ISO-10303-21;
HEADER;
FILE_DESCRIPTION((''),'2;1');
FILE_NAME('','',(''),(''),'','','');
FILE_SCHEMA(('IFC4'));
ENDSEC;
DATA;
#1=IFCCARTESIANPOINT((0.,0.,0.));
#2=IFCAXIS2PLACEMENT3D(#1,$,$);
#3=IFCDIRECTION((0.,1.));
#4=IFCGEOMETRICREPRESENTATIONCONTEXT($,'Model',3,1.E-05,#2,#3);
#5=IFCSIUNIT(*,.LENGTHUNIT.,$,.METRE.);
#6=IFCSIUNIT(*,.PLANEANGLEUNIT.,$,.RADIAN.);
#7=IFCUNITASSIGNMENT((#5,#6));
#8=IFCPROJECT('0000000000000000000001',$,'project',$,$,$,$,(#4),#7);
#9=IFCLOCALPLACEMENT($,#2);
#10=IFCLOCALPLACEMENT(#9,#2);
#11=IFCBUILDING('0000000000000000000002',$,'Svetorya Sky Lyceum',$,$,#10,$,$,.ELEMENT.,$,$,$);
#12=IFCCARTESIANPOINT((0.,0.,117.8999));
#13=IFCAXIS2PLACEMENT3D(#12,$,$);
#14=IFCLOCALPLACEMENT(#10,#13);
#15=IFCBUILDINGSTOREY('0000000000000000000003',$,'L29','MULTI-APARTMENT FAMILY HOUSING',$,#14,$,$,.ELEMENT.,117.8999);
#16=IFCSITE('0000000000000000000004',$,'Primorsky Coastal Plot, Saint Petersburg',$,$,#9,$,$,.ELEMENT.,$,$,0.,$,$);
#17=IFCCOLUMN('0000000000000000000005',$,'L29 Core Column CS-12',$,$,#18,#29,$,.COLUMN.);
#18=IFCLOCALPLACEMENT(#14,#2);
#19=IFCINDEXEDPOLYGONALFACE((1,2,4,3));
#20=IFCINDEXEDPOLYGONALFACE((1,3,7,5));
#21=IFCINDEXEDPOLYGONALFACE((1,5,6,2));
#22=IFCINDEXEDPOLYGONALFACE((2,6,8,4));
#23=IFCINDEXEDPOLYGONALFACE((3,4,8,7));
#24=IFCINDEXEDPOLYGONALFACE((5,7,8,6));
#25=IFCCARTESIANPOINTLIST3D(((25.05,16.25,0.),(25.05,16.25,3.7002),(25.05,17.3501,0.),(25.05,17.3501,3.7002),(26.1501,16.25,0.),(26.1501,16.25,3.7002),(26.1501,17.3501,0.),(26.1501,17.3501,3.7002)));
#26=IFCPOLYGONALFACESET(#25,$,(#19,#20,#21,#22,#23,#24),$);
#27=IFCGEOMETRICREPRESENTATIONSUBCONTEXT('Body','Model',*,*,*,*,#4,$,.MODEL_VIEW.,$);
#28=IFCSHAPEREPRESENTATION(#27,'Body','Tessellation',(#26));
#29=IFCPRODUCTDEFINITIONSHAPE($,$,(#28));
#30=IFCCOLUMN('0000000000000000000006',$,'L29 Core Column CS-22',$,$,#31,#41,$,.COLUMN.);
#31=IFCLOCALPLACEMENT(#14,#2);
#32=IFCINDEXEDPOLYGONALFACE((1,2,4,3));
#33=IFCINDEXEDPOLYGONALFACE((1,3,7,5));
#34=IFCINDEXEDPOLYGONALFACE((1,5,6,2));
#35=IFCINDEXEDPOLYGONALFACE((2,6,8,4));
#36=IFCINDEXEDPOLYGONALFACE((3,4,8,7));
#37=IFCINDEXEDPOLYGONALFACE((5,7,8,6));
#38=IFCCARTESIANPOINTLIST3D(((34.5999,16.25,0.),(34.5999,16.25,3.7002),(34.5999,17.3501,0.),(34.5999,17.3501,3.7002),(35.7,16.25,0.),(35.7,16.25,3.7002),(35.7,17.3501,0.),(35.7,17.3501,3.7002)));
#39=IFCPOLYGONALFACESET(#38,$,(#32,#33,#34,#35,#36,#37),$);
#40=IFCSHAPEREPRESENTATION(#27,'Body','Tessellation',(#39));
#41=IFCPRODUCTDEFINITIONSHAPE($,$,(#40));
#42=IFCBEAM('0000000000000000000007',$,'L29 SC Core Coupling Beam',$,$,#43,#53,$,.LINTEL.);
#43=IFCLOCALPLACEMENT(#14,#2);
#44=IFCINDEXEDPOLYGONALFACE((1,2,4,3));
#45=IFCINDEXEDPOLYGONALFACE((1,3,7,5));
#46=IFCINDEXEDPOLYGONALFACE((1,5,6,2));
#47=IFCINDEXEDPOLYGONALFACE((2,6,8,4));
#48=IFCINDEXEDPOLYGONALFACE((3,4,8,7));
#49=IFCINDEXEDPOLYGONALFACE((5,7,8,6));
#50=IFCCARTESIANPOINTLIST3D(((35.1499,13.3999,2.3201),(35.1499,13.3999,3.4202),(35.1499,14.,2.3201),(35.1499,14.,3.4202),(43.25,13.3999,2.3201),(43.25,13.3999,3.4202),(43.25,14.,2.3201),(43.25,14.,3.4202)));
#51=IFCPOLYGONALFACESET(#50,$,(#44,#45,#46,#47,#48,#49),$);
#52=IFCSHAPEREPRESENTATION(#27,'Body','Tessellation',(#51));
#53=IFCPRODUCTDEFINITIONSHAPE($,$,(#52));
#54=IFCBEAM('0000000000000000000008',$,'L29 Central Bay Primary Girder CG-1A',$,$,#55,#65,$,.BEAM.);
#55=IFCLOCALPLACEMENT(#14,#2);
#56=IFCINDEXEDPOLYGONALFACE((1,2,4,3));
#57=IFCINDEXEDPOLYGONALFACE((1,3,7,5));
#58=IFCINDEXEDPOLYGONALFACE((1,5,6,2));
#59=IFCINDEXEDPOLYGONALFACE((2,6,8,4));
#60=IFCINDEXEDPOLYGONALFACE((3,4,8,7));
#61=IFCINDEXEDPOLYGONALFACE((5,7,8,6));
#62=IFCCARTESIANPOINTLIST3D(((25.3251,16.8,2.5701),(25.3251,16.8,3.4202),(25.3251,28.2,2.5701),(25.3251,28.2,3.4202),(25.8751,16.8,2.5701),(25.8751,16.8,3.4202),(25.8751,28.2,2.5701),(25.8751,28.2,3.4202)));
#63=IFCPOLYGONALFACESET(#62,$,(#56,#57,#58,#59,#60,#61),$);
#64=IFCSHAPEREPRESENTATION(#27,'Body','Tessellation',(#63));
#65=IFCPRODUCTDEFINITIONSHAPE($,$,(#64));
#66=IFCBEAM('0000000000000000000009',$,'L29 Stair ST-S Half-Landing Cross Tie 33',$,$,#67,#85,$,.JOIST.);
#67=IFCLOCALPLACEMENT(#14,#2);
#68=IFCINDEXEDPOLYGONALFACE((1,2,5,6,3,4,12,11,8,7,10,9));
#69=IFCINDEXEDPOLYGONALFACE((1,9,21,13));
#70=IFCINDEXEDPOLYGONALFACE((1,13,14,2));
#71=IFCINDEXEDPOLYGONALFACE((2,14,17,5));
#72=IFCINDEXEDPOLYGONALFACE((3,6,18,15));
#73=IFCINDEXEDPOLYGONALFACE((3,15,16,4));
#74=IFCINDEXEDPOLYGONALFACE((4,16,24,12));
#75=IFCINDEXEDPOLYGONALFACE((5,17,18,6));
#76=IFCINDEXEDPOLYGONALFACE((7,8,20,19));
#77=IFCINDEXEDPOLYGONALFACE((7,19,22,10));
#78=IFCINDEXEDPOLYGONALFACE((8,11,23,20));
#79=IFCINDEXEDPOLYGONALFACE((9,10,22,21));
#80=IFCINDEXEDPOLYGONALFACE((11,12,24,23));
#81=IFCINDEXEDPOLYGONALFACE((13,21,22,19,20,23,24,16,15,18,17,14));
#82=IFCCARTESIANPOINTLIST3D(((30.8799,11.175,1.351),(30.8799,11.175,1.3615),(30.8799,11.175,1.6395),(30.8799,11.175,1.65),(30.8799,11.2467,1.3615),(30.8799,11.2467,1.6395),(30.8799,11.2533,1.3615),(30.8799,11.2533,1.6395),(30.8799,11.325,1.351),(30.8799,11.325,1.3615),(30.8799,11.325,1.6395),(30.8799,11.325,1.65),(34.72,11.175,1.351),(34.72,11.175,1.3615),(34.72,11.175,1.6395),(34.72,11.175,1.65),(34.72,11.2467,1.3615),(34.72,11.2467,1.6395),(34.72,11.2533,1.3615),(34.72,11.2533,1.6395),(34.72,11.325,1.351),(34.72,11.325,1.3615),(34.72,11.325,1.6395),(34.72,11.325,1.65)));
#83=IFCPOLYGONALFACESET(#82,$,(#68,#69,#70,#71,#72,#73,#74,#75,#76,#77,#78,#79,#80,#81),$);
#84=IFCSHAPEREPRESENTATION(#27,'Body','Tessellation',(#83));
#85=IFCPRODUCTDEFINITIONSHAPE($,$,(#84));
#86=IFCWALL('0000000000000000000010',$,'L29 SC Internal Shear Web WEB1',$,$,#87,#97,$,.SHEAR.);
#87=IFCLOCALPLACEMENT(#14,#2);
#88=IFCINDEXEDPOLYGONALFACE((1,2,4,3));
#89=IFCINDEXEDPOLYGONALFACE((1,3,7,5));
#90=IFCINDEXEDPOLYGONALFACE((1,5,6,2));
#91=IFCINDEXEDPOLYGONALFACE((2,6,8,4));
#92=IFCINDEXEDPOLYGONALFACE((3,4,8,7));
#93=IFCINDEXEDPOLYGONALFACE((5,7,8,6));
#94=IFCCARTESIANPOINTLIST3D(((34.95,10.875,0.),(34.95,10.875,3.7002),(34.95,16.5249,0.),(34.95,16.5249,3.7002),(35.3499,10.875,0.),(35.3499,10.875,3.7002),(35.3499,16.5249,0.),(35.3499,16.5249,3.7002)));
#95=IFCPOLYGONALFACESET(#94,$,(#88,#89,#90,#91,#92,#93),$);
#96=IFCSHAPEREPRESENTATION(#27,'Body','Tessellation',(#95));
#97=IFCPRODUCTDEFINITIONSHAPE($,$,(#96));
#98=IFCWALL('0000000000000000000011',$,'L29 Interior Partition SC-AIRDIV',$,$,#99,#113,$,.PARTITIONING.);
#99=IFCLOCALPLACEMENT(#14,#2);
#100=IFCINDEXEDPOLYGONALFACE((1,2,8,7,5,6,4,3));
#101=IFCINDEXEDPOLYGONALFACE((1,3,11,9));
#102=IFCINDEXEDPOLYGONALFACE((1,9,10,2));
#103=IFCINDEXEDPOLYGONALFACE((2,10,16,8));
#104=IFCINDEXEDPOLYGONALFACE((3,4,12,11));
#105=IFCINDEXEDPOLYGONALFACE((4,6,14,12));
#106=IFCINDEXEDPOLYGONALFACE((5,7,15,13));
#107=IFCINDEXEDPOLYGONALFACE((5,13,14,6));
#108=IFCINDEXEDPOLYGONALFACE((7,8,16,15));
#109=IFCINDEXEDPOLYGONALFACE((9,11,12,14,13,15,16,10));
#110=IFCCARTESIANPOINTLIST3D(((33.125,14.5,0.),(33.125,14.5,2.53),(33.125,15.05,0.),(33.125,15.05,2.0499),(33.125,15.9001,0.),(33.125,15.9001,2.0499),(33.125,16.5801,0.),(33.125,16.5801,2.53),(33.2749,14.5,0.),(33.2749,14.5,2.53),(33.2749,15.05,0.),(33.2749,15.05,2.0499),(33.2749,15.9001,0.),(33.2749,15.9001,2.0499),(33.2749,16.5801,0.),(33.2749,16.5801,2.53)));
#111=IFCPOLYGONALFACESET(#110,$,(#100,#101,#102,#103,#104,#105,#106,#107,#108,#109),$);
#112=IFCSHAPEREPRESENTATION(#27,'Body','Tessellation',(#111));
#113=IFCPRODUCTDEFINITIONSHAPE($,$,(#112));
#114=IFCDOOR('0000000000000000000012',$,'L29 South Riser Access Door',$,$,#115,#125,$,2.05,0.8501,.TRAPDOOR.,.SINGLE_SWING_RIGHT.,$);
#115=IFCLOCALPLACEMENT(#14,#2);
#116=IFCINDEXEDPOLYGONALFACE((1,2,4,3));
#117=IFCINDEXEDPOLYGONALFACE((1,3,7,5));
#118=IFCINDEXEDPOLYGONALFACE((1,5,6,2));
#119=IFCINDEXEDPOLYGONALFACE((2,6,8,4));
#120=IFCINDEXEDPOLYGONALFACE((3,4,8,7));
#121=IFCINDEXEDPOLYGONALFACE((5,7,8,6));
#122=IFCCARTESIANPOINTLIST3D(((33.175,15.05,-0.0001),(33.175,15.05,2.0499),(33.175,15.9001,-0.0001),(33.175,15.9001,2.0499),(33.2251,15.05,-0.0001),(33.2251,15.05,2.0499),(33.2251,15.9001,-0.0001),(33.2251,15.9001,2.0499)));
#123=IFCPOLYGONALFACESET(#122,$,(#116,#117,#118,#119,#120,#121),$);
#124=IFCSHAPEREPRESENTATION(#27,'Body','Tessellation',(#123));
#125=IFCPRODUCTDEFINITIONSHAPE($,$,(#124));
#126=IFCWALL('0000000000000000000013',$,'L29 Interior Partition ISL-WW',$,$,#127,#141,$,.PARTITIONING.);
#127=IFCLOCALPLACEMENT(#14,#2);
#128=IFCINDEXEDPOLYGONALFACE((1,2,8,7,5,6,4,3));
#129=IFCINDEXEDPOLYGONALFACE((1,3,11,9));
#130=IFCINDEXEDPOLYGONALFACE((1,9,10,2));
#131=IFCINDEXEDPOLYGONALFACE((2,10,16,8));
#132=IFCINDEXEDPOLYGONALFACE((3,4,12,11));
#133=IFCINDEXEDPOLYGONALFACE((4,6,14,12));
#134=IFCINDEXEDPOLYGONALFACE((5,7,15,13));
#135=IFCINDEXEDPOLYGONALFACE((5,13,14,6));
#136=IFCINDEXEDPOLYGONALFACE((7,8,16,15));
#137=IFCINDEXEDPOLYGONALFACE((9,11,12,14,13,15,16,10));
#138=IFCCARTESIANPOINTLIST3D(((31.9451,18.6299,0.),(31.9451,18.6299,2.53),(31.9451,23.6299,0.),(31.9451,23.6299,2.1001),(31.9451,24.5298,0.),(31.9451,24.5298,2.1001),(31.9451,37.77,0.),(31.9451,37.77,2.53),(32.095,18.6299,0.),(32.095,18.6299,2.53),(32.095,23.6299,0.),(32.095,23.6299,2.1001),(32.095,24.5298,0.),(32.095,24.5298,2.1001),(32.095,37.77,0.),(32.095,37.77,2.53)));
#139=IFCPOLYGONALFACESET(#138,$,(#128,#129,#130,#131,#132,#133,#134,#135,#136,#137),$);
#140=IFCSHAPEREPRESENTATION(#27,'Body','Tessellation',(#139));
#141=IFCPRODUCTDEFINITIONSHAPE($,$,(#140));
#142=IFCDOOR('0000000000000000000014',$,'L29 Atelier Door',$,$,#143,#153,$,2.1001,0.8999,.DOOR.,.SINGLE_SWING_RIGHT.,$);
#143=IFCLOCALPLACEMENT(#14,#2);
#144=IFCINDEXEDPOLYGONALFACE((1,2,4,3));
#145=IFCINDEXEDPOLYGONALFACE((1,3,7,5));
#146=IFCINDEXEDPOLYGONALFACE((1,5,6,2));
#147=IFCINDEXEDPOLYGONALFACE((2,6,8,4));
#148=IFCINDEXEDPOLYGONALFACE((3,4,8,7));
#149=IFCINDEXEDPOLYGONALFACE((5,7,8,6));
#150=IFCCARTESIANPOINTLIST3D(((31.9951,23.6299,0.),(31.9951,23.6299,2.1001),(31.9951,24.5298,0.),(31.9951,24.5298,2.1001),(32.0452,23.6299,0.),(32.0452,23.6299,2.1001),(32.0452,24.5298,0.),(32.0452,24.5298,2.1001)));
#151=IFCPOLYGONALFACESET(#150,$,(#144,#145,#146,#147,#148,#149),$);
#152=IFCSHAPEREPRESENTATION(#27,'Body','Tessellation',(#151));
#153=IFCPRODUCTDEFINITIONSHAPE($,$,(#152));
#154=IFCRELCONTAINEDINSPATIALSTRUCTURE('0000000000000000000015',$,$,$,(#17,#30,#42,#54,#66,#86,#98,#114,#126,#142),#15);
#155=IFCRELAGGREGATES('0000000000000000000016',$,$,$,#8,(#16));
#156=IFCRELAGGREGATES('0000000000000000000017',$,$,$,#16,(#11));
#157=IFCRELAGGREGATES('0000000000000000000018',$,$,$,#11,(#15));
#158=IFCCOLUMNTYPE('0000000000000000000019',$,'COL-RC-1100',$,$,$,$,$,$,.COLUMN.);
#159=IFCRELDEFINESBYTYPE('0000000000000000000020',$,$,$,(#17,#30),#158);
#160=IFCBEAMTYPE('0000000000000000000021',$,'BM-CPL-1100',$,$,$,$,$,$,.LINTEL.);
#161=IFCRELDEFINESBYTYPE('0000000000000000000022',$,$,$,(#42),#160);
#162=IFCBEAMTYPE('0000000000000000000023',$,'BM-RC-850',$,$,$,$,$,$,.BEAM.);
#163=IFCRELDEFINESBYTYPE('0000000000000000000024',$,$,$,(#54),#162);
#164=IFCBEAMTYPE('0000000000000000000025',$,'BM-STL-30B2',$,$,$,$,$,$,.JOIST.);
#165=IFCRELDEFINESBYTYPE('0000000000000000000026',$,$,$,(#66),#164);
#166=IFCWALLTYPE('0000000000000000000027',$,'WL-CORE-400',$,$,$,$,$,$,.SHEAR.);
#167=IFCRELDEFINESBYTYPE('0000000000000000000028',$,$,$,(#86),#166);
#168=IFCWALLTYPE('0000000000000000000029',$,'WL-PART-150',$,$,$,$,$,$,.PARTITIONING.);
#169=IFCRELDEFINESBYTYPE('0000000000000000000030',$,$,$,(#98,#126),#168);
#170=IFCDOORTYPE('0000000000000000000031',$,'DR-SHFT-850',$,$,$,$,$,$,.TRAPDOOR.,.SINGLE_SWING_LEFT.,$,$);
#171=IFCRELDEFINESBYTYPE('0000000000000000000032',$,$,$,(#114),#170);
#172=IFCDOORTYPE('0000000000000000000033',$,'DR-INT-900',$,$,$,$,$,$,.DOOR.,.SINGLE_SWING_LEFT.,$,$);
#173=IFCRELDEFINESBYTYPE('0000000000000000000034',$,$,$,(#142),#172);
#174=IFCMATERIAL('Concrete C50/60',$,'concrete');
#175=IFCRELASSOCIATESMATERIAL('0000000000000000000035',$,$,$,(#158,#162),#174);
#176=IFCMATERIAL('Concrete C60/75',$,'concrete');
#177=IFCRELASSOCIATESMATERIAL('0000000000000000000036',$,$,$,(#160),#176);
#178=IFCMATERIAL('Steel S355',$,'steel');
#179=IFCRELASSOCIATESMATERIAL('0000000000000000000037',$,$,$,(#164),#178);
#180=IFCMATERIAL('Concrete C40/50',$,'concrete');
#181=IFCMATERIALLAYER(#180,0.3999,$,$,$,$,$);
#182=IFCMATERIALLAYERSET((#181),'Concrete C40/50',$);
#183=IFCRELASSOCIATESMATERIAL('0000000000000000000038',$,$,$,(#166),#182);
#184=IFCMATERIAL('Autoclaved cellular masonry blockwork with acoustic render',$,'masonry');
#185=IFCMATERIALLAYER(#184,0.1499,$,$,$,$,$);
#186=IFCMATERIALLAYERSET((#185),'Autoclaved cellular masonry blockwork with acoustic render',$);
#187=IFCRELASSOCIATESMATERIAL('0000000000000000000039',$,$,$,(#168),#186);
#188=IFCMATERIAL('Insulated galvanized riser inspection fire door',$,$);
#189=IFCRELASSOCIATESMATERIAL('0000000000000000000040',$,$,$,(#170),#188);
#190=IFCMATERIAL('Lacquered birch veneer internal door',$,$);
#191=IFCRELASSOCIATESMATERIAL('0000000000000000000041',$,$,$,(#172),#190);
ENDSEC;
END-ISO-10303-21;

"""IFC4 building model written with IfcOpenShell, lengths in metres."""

from ifc_helpers import new_model, si_unit, direction, frame, frame_2d, origin, origin_2d, place, context, subcontext, project, spatial, rectangle, i_section, extrude, material, layer, layer_set, material_profile, profile_set, type_object, element, fill, save


model = new_model("IFC4")

# Units and contexts
model_context = context("Model", 3, precision=1e-05, world=origin(), true_north=direction((0.0, 1.0)))
body_context = subcontext(model_context, "Body", "Model", "MODEL_VIEW")
ifc_project = project(units=[si_unit("LENGTHUNIT", "METRE"), si_unit("PLANEANGLEUNIT", "RADIAN")], contexts=[model_context])

# Site, building, storey
site_placement = place(None, origin())
site = spatial("IfcSite", under=ifc_project, at=site_placement, Name="Primorsky Coastal Plot, Saint Petersburg", CompositionType="ELEMENT", RefElevation=0.0)
building_placement = place(site_placement, origin())
building = spatial("IfcBuilding", under=site, at=building_placement, Name="Svetorya Sky Lyceum", CompositionType="ELEMENT")
storey_placement = place(building_placement, frame((0.0, 0.0, 117.8999)))
storey = spatial("IfcBuildingStorey", under=building, at=storey_placement, Name="L29", Description="MULTI-APARTMENT FAMILY HOUSING", CompositionType="ELEMENT", Elevation=117.8999)

# Columns
ifc_material_1 = material(Name="Concrete C50/60", Category="concrete")
ifc_material_profile_1 = material_profile(ifc_material_1, rectangle(XDim=1.1001, YDim=1.1001, at=origin_2d()), Name="RC COL 1100x1100")
ifc_profile_set_1 = profile_set([ifc_material_profile_1], Name="Concrete C50/60")
column_type = type_object("IfcColumnType", Name="COL-RC-1100", PredefinedType="COLUMN", material=ifc_profile_set_1)
for number, where, z_axis, x_axis, name in (
    (1, (25.6001, 16.8, 0.0), (0.0, 0.0, 1.0), (1.0, 0.0, 0.0), "L29 Core Column CS-12"),
    (2, (35.1499, 16.8, 0.0), (0.0, 0.0, 1.0), (1.0, 0.0, 0.0), "L29 Core Column CS-22"),
):
    element("IfcColumn", number, at=place(storey_placement, frame(where, z_axis=z_axis, x_axis=x_axis)), inside=storey, type_object=column_type, Name=name, PredefinedType="COLUMN", context=body_context, shape_type="SweptSolid", body=[
        extrude(rectangle(XDim=1.1001, YDim=1.1001, at=origin_2d()), origin(), (0.0, 0.0, 1.0), 3.7002),
    ])

# Beams
ifc_material_2 = material(Name="Concrete C60/75", Category="concrete")
ifc_material_profile_2 = material_profile(ifc_material_2, rectangle(XDim=0.6001, YDim=1.1001, at=origin_2d()), Name="RC COUPLING 600x1100")
ifc_profile_set_2 = profile_set([ifc_material_profile_2], Name="Concrete C60/75")
beam_type_1 = type_object("IfcBeamType", Name="BM-CPL-1100", PredefinedType="LINTEL", material=ifc_profile_set_2)
beam_1_placement = place(storey_placement, frame((35.1499, 13.7, 2.8701), z_axis=(1.0, 0.0, 0.0), x_axis=(0.0, 1.0, 0.0)))
element("IfcBeam", 3, at=beam_1_placement, inside=storey, type_object=beam_type_1, Name="L29 SC Core Coupling Beam", PredefinedType="LINTEL", context=body_context, shape_type="SweptSolid", body=[
    extrude(rectangle(XDim=0.6001, YDim=1.1001, at=origin_2d()), origin(), (0.0, 0.0, 1.0), 8.1001),
])
ifc_material_profile_3 = material_profile(ifc_material_1, rectangle(XDim=0.55, YDim=0.8501, at=origin_2d()), Name="RC BEAM 550x850")
ifc_profile_set_3 = profile_set([ifc_material_profile_3], Name="Concrete C50/60")
beam_type_2 = type_object("IfcBeamType", Name="BM-RC-850", PredefinedType="BEAM", material=ifc_profile_set_3)
beam_2_placement = place(storey_placement, frame((25.6001, 16.8, 2.9951), z_axis=(0.0, 1.0, 0.0), x_axis=(-1.0, 0.0, 0.0)))
element("IfcBeam", 4, at=beam_2_placement, inside=storey, type_object=beam_type_2, Name="L29 Central Bay Primary Girder CG-1A", PredefinedType="BEAM", context=body_context, shape_type="SweptSolid", body=[
    extrude(rectangle(XDim=0.55, YDim=0.8501, at=origin_2d()), origin(), (0.0, 0.0, 1.0), 11.3999),
])
ifc_material_3 = material(Name="Steel S355", Category="steel")
ifc_material_profile_4 = material_profile(ifc_material_3, i_section(OverallWidth=0.1499, OverallDepth=0.2991, WebThickness=0.0066, FlangeThickness=0.0105, at=origin_2d()), Name="GOST 30B2")
ifc_profile_set_4 = profile_set([ifc_material_profile_4], Name="Steel S355")
beam_type_3 = type_object("IfcBeamType", Name="BM-STL-30B2", PredefinedType="JOIST", material=ifc_profile_set_4)
beam_3_placement = place(storey_placement, frame((30.8799, 11.25, 1.5005), z_axis=(1.0, 0.0, 0.0), x_axis=(0.0, 1.0, 0.0)))
element("IfcBeam", 5, at=beam_3_placement, inside=storey, type_object=beam_type_3, Name="L29 Stair ST-S Half-Landing Cross Tie 33", PredefinedType="JOIST", context=body_context, shape_type="SweptSolid", body=[
    extrude(i_section(OverallWidth=0.1499, OverallDepth=0.2991, WebThickness=0.0066, FlangeThickness=0.0105, at=origin_2d()), origin(), (0.0, 0.0, 1.0), 3.8401),
])

# Wall
ifc_material_4 = material(Name="Concrete C40/50", Category="concrete")
ifc_layer_1 = layer(ifc_material_4, 0.3999)
ifc_layer_set_1 = layer_set([ifc_layer_1], Name="Concrete C40/50")
wall_type_1 = type_object("IfcWallType", Name="WL-CORE-400", PredefinedType="SHEAR", material=ifc_layer_set_1)
wall_1_placement = place(storey_placement, frame((35.1499, 10.875, 0.0), z_axis=(0.0, 0.0, 1.0), x_axis=(0.0, 1.0, 0.0)))
element("IfcWall", 6, at=wall_1_placement, inside=storey, type_object=wall_type_1, Name="L29 SC Internal Shear Web WEB1", PredefinedType="SHEAR", context=body_context, shape_type="SweptSolid", body=[
    extrude(rectangle(XDim=5.6499, YDim=0.3999, at=frame_2d((2.825, 0.0))), origin(), (0.0, 0.0, 1.0), 3.7002),
])

# Walls, openings, doors
ifc_material_5 = material(Name="Autoclaved cellular masonry blockwork with acoustic render", Category="masonry")
ifc_layer_2 = layer(ifc_material_5, 0.1499)
ifc_layer_set_2 = layer_set([ifc_layer_2], Name="Autoclaved cellular masonry blockwork with acoustic render")
wall_type_2 = type_object("IfcWallType", Name="WL-PART-150", PredefinedType="PARTITIONING", material=ifc_layer_set_2)
wall_2_placement = place(storey_placement, frame((33.2, 14.5, 0.0), z_axis=(0.0, 0.0, 1.0), x_axis=(0.0, 1.0, 0.0)))
wall_2 = element("IfcWall", 7, at=wall_2_placement, inside=storey, type_object=wall_type_2, Name="L29 Interior Partition SC-AIRDIV", PredefinedType="PARTITIONING", context=body_context, shape_type="SweptSolid", body=[
    extrude(rectangle(XDim=2.0801, YDim=0.1499, at=frame_2d((1.04, 0.0))), origin(), (0.0, 0.0, 1.0), 2.53),
])
opening_1_placement = place(wall_2_placement, frame((0.55, 0.0, 0.0)))
opening_1 = element("IfcOpeningElement", 8, at=opening_1_placement, cuts=wall_2, PredefinedType="OPENING", context=body_context, shape_type="SweptSolid", body=[
    extrude(rectangle(XDim=0.8501, YDim=2.05, at=frame_2d((0.425, 1.0249))), frame((0.0, 0.085, 0.0), z_axis=(0.0, -1.0, 0.0), x_axis=(1.0, 0.0, 0.0)), (0.0, 0.0, 1.0), 0.1699),
])
ifc_material_6 = material(Name="Insulated galvanized riser inspection fire door")
door_type_1 = type_object("IfcDoorType", Name="DR-SHFT-850", OperationType="SINGLE_SWING_LEFT", PredefinedType="TRAPDOOR", material=ifc_material_6)
door_1_placement = place(opening_1_placement, origin())
door_1 = element("IfcDoor", 9, at=door_1_placement, inside=storey, type_object=door_type_1, Name="L29 South Riser Access Door", OperationType="SINGLE_SWING_RIGHT", OverallHeight=2.05, OverallWidth=0.8501, PredefinedType="TRAPDOOR", context=body_context, shape_type="SweptSolid", body=[
    extrude(rectangle(XDim=0.8501, YDim=2.05, at=frame_2d((0.425, 1.0249))), frame((0.0, 0.0249, 0.0), z_axis=(0.0, -1.0, 0.0), x_axis=(1.0, 0.0, 0.0)), (0.0, 0.0, 1.0), 0.05),
])
fill(opening_1, door_1)
wall_3_placement = place(storey_placement, frame((32.02, 18.6299, 0.0), z_axis=(0.0, 0.0, 1.0), x_axis=(0.0, 1.0, 0.0)))
wall_3 = element("IfcWall", 10, at=wall_3_placement, inside=storey, type_object=wall_type_2, Name="L29 Interior Partition ISL-WW", PredefinedType="PARTITIONING", context=body_context, shape_type="SweptSolid", body=[
    extrude(rectangle(XDim=19.1401, YDim=0.1499, at=frame_2d((9.5701, 0.0))), origin(), (0.0, 0.0, 1.0), 2.53),
])
opening_2_placement = place(wall_3_placement, frame((5.0, 0.0, 0.0)))
opening_2 = element("IfcOpeningElement", 11, at=opening_2_placement, cuts=wall_3, PredefinedType="OPENING", context=body_context, shape_type="SweptSolid", body=[
    extrude(rectangle(XDim=0.8999, YDim=2.1001, at=frame_2d((0.45, 1.05))), frame((0.0, 0.085, 0.0), z_axis=(0.0, -1.0, 0.0), x_axis=(1.0, 0.0, 0.0)), (0.0, 0.0, 1.0), 0.1699),
])
ifc_material_7 = material(Name="Lacquered birch veneer internal door")
door_type_2 = type_object("IfcDoorType", Name="DR-INT-900", OperationType="SINGLE_SWING_LEFT", PredefinedType="DOOR", material=ifc_material_7)
door_2_placement = place(opening_2_placement, origin())
door_2 = element("IfcDoor", 12, at=door_2_placement, inside=storey, type_object=door_type_2, Name="L29 Atelier Door", OperationType="SINGLE_SWING_RIGHT", OverallHeight=2.1001, OverallWidth=0.8999, PredefinedType="DOOR", context=body_context, shape_type="SweptSolid", body=[
    extrude(rectangle(XDim=0.8999, YDim=2.1001, at=frame_2d((0.45, 1.05))), frame((0.0, 0.0249, 0.0), z_axis=(0.0, -1.0, 0.0), x_axis=(1.0, 0.0, 0.0)), (0.0, 0.0, 1.0), 0.05),
])
fill(opening_2, door_2)

save(model, "model.ifc")
